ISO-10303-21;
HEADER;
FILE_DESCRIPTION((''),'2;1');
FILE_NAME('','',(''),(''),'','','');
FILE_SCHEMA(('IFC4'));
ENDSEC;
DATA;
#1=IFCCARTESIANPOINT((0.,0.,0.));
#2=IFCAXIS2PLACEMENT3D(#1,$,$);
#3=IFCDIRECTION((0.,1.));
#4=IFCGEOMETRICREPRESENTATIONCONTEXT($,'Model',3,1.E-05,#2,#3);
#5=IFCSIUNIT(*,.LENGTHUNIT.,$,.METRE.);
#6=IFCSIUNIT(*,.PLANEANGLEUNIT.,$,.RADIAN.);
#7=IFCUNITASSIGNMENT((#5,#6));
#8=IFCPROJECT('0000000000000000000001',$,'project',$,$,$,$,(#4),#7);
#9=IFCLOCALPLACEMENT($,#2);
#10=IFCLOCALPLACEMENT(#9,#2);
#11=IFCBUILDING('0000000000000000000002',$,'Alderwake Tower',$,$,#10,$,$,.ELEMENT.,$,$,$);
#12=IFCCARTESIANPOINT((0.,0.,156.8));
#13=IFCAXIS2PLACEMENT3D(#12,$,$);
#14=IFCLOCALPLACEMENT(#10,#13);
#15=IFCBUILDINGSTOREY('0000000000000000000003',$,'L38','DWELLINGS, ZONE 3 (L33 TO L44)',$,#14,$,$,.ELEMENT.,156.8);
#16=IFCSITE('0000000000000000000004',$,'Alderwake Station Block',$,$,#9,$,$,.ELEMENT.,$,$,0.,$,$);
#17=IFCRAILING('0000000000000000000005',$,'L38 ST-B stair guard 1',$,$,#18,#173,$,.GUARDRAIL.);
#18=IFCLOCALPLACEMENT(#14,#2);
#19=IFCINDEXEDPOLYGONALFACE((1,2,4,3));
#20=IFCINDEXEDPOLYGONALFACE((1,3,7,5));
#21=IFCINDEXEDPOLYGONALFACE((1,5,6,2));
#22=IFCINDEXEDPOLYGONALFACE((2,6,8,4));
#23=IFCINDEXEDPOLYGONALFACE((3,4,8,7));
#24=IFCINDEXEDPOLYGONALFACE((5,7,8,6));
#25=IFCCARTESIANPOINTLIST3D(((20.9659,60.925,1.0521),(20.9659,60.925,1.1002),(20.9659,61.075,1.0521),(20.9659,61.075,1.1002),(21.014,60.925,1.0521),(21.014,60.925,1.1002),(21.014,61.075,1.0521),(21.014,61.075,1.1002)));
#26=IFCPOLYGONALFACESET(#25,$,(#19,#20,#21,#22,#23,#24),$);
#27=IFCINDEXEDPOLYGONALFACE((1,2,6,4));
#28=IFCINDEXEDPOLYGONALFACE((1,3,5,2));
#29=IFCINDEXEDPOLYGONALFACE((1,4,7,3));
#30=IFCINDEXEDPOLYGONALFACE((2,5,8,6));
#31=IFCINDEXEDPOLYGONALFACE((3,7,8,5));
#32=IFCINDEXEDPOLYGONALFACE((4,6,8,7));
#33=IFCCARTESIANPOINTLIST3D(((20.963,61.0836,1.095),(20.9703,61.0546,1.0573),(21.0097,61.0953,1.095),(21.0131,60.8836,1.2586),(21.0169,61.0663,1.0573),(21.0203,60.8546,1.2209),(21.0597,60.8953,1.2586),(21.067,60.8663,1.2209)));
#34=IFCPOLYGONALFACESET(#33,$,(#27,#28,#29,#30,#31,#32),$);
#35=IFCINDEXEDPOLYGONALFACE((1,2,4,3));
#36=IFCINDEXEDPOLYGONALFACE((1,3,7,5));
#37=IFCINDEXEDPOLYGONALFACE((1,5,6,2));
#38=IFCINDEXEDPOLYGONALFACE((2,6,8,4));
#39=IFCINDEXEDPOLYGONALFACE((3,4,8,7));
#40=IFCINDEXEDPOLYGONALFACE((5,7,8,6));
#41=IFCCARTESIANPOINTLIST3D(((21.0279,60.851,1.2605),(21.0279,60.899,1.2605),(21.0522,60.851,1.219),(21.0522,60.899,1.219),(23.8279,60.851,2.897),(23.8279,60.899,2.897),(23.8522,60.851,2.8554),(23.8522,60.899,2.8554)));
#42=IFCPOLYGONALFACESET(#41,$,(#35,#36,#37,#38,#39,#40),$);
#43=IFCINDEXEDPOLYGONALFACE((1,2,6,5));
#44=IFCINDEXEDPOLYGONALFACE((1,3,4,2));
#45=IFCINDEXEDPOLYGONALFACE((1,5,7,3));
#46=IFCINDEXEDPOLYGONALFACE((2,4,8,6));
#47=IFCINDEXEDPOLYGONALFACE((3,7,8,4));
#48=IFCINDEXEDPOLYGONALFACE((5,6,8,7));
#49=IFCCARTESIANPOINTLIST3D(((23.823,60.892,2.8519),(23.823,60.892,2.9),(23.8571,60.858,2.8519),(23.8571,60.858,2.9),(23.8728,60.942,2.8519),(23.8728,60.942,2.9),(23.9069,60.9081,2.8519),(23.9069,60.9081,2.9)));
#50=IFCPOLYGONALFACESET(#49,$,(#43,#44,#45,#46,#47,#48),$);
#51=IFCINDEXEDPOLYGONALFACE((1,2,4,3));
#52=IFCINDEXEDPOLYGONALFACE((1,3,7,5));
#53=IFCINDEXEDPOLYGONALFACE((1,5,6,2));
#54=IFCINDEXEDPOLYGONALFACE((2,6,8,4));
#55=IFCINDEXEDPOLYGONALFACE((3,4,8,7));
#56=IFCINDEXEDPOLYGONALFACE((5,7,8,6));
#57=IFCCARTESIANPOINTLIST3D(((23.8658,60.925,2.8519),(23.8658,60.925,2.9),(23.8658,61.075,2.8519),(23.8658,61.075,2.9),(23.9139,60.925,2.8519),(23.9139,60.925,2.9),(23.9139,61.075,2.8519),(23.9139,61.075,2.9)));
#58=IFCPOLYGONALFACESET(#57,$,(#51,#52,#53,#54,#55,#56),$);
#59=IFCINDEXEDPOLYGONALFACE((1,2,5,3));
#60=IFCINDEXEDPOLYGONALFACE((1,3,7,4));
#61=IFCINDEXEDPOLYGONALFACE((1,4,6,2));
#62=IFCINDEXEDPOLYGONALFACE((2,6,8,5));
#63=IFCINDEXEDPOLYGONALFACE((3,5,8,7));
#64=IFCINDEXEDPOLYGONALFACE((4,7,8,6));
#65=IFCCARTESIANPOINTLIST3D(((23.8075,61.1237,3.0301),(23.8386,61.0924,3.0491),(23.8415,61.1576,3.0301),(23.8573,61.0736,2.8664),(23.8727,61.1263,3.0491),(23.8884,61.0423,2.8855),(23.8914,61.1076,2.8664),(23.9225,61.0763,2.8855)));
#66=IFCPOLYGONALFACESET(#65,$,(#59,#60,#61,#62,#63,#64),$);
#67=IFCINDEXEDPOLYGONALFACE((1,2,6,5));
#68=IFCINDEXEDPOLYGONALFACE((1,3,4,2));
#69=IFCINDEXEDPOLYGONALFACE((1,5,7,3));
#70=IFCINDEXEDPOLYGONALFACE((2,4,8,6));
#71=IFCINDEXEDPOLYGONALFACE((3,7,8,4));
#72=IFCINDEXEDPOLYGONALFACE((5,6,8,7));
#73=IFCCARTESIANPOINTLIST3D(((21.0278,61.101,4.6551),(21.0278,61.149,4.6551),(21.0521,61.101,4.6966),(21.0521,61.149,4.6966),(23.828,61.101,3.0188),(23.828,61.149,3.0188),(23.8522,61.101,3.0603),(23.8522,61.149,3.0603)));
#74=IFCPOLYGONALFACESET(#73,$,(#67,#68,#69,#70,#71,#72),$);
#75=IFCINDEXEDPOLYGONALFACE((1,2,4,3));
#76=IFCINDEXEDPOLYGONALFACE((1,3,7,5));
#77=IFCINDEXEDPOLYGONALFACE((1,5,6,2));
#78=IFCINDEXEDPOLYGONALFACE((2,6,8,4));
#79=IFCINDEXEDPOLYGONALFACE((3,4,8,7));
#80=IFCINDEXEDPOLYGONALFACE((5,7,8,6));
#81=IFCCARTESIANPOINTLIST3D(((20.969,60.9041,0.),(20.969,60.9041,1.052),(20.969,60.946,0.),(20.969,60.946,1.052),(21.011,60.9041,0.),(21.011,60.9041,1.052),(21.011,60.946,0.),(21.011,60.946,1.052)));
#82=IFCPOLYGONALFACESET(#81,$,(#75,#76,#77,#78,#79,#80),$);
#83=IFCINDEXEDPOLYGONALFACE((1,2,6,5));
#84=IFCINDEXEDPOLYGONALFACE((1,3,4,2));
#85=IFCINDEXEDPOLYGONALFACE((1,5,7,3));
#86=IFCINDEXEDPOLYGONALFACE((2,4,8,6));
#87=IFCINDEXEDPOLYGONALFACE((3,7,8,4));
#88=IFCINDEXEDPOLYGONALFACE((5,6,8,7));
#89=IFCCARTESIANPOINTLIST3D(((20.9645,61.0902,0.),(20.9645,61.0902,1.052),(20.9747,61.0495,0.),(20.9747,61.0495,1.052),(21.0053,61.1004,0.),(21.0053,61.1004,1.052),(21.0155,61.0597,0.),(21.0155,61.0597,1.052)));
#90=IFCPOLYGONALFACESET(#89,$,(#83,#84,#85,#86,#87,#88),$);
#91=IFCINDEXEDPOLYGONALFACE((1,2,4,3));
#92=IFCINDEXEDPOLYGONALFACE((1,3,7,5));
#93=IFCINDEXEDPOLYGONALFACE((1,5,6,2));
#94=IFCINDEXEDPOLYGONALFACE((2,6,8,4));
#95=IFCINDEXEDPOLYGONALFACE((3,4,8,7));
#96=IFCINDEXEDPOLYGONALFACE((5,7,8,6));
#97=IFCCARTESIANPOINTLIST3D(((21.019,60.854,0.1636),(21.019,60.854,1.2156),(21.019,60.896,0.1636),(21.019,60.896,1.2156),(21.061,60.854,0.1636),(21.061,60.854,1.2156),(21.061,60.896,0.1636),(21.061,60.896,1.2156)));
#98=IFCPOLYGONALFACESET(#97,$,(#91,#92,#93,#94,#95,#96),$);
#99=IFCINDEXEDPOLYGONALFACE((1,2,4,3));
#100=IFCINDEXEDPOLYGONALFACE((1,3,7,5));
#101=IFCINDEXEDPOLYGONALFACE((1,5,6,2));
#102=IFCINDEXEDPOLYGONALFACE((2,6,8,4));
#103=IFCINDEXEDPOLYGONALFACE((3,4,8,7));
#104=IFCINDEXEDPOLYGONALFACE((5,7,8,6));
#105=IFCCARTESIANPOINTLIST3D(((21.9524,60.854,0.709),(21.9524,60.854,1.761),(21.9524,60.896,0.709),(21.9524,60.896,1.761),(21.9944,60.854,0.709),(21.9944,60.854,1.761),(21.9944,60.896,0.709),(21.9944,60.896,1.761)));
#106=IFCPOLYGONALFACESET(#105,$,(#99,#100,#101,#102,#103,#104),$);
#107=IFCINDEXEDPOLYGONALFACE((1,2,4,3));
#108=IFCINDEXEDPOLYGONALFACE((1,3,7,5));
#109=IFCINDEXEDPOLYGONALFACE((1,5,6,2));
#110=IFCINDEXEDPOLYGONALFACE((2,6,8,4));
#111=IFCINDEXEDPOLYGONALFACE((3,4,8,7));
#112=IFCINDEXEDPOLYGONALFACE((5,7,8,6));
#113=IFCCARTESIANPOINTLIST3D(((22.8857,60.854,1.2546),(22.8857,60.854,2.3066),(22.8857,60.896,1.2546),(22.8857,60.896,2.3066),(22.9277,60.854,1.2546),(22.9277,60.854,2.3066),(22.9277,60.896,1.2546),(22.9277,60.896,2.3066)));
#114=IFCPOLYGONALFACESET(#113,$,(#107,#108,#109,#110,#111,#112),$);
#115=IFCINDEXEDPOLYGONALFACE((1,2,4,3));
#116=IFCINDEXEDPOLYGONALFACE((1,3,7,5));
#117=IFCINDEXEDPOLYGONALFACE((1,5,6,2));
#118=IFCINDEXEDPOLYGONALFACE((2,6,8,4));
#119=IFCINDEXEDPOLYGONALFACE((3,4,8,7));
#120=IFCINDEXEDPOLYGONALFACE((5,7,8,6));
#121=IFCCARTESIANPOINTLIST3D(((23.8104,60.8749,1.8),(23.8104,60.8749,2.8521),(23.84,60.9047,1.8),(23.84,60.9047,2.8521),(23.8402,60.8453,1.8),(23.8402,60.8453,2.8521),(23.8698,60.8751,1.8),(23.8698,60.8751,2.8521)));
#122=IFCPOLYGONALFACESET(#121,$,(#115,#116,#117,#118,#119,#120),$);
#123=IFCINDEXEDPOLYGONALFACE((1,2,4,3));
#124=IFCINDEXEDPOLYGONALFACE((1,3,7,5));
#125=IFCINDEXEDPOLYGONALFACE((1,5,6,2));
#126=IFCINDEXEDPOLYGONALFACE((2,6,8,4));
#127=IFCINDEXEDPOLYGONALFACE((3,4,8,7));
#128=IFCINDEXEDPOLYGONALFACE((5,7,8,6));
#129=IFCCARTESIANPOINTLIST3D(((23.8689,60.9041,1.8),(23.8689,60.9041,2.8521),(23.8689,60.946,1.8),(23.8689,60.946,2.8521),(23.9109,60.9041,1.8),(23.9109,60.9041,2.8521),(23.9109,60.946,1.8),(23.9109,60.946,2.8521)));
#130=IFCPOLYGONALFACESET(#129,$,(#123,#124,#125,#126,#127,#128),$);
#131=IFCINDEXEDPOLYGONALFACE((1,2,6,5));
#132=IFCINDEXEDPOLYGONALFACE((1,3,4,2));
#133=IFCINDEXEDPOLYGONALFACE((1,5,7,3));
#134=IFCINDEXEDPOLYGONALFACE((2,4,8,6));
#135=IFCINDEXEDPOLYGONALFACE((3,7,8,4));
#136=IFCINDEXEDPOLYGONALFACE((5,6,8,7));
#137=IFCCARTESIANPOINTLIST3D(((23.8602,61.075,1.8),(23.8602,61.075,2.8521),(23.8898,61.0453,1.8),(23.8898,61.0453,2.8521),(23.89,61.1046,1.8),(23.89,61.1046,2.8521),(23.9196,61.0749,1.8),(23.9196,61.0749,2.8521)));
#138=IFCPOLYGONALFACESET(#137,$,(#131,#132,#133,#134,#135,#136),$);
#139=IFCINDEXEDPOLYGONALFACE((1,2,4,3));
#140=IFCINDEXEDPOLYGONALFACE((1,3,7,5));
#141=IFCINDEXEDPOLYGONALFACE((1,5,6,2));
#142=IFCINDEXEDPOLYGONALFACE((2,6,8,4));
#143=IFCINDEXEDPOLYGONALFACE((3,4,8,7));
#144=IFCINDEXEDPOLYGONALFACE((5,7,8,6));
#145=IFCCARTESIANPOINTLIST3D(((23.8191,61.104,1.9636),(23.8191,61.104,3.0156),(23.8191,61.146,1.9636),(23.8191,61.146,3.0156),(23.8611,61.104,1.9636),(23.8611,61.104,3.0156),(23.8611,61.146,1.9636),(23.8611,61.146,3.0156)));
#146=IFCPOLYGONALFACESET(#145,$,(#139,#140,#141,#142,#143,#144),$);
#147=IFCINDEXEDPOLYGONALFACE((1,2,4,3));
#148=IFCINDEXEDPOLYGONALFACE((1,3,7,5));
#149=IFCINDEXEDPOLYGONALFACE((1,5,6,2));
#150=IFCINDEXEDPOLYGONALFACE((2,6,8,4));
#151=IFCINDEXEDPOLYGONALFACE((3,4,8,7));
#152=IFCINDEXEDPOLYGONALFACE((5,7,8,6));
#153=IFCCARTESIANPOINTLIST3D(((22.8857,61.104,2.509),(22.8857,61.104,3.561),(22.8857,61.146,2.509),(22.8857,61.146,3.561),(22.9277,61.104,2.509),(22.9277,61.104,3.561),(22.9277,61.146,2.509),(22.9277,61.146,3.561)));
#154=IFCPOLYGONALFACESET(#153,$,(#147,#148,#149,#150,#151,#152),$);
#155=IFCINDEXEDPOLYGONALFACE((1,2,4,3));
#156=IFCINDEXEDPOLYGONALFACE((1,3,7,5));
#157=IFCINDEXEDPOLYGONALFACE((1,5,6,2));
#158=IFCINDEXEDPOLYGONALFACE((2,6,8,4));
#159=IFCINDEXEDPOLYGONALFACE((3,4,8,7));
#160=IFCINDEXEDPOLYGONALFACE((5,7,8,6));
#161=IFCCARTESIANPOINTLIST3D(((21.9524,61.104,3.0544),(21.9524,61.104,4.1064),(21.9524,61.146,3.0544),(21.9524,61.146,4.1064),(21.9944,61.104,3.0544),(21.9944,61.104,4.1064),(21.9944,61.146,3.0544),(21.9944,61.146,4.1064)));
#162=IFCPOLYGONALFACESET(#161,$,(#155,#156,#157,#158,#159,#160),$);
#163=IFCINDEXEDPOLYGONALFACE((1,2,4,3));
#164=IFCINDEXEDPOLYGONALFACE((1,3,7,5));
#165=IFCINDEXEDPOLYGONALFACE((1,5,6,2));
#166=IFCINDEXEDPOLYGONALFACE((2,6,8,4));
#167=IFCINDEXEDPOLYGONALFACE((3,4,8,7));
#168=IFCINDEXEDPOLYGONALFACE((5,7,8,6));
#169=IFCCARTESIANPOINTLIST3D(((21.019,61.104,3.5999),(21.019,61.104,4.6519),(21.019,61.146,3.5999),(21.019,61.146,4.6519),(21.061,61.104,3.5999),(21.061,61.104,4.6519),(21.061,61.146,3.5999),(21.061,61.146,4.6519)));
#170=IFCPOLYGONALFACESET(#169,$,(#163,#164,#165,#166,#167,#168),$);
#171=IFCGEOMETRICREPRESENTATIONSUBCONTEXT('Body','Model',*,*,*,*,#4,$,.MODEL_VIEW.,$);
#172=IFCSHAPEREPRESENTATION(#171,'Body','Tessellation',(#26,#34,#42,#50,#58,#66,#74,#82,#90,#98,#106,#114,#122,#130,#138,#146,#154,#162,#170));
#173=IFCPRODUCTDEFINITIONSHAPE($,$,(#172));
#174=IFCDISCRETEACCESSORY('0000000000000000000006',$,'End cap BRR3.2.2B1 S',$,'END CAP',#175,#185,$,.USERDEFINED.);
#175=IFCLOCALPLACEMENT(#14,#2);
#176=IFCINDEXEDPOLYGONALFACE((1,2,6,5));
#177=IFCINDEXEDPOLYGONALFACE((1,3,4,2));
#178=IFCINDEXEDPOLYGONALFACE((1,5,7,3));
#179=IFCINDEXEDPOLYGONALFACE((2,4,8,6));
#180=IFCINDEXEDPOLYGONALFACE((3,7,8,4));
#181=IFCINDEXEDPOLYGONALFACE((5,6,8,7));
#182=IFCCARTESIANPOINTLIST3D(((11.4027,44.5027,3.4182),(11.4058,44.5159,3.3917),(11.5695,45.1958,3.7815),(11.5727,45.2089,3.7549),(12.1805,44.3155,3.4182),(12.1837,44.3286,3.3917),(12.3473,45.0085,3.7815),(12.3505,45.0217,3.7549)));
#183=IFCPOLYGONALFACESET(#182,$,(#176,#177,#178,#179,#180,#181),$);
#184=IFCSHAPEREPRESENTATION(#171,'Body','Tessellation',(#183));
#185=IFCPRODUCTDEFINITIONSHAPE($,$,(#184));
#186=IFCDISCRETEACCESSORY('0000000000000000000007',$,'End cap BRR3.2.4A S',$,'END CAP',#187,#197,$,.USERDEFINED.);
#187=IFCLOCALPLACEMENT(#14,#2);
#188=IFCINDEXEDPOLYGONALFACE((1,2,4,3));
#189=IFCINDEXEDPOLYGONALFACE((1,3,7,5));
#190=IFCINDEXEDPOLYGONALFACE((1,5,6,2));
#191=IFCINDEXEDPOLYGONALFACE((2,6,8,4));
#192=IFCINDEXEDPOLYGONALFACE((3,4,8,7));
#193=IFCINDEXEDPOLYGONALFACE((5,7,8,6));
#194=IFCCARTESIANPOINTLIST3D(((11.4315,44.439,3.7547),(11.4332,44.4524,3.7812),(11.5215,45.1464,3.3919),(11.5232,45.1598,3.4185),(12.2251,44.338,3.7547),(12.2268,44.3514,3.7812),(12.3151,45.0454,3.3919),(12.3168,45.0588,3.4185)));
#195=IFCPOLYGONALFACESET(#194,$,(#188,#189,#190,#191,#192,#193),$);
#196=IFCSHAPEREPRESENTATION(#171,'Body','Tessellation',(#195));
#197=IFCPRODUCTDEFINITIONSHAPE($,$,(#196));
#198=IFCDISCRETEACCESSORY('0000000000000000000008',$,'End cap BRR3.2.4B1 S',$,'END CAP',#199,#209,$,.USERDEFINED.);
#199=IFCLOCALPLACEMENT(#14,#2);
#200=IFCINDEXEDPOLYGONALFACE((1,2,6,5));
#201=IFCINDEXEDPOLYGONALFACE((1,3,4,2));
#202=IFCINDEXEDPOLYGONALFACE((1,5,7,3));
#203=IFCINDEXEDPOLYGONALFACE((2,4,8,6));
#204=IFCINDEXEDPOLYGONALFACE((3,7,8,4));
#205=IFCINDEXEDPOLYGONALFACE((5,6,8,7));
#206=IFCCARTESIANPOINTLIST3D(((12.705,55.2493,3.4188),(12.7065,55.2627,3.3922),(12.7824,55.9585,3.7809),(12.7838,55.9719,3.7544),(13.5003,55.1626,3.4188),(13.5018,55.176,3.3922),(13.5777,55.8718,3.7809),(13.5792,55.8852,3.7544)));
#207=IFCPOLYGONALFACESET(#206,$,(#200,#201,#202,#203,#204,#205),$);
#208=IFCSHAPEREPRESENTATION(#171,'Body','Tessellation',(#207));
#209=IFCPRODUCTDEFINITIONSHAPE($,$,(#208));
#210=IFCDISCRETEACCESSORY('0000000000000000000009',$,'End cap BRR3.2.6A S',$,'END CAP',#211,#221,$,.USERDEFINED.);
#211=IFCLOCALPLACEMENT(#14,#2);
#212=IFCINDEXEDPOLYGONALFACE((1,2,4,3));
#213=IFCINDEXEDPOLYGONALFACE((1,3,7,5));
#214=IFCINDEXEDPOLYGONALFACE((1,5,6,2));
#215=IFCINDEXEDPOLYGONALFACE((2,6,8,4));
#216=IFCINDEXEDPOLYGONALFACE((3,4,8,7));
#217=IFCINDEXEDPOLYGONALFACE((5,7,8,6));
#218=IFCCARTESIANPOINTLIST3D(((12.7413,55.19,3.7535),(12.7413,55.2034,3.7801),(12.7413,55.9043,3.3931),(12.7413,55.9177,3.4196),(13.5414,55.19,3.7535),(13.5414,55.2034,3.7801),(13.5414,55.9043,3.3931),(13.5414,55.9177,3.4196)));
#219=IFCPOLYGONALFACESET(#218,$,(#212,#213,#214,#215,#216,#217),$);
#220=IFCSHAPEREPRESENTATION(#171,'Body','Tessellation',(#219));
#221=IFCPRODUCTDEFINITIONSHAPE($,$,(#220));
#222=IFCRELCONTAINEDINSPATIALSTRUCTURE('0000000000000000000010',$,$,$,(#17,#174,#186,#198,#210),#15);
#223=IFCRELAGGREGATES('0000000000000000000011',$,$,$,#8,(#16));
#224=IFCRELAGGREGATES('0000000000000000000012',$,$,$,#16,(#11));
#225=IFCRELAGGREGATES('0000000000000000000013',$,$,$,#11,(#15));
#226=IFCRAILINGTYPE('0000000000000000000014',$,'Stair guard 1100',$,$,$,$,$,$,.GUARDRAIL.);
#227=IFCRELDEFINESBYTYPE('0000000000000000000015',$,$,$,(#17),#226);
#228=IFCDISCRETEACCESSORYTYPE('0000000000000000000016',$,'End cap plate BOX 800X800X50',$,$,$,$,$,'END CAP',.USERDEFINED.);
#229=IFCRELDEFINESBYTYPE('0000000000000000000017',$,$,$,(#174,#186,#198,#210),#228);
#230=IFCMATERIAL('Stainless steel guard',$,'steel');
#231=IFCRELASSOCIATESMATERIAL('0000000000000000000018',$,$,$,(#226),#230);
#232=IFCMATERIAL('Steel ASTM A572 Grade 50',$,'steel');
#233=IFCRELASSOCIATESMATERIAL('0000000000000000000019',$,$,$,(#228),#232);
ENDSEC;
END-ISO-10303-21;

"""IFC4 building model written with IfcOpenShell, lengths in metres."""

from ifc_helpers import new_model, si_unit, direction, frame, origin, origin_2d, place, context, subcontext, project, spatial, rectangle, extrude, material, material_profile, profile_set, type_object, element, save


model = new_model("IFC4")

# Units and contexts
model_context = context("Model", 3, precision=1e-05, world=origin(), true_north=direction((0.0, 1.0)))
body_context = subcontext(model_context, "Body", "Model", "MODEL_VIEW")
ifc_project = project(units=[si_unit("LENGTHUNIT", "METRE"), si_unit("PLANEANGLEUNIT", "RADIAN")], contexts=[model_context])

# Site, building, storey
site_placement = place(None, origin())
site = spatial("IfcSite", under=ifc_project, at=site_placement, Name="Alderwake Station Block", CompositionType="ELEMENT", RefElevation=0.0)
building_placement = place(site_placement, origin())
building = spatial("IfcBuilding", under=site, at=building_placement, Name="Alderwake Tower", CompositionType="ELEMENT")
storey_placement = place(building_placement, frame((0.0, 0.0, 156.8)))
storey = spatial("IfcBuildingStorey", under=building, at=storey_placement, Name="L38", Description="DWELLINGS, ZONE 3 (L33 TO L44)", CompositionType="ELEMENT", Elevation=156.8)

# Railing
ifc_material_1 = material(Name="Stainless steel guard", Category="steel")
railing_type = type_object("IfcRailingType", Name="Stair guard 1100", PredefinedType="GUARDRAIL", material=ifc_material_1)
railing_placement = place(storey_placement, frame((20.99, 60.925, 0.0)))
element("IfcRailing", 1, at=railing_placement, inside=storey, type_object=railing_type, Name="L38 ST-B stair guard 1", PredefinedType="GUARDRAIL", context=body_context, shape_type="SweptSolid", body=[
    extrude(rectangle(XDim=0.0481, YDim=0.0481, at=origin_2d()), frame((0.0, 0.0, 1.0762), z_axis=(0.0, 1.0, 0.0), x_axis=(-1.0, 0.0, 0.0)), (0.0, 0.0, 1.0), 0.1499),
    extrude(rectangle(XDim=0.0481, YDim=0.0481, at=origin_2d()), frame((0.0, 0.1499, 1.0762), z_axis=(0.1902, -0.75987, 0.621628), x_axis=(0.970073, 0.242814, 0.0)), (0.0, 0.0, 1.0), 0.2632),
    extrude(rectangle(XDim=0.0481, YDim=0.0481, at=origin_2d()), frame((0.05, -0.05, 1.2397), z_axis=(0.863361, 0.0, 0.504587), x_axis=(0.0, 1.0, 0.0)), (0.0, 0.0, 1.0), 3.2432),
    extrude(rectangle(XDim=0.0481, YDim=0.0481, at=origin_2d()), frame((2.8501, -0.05, 2.876), z_axis=(0.705376, 0.708834, 0.0), x_axis=(-0.708834, 0.705376, 0.0)), (0.0, 0.0, 1.0), 0.0706),
    extrude(rectangle(XDim=0.0481, YDim=0.0481, at=origin_2d()), frame((2.8999, 0.0, 2.876), z_axis=(0.0, 1.0, 0.0), x_axis=(-1.0, 0.0, 0.0)), (0.0, 0.0, 1.0), 0.1499),
    extrude(rectangle(XDim=0.0481, YDim=0.0481, at=origin_2d()), frame((2.8999, 0.1499, 2.876), z_axis=(-0.279546, 0.280917, 0.918118), x_axis=(-0.708834, -0.705376, 0.0)), (0.0, 0.0, 1.0), 0.1782),
    extrude(rectangle(XDim=0.0481, YDim=0.0481, at=origin_2d()), frame((2.8501, 0.2, 3.0396), z_axis=(-0.863394, 0.0, 0.504531), x_axis=(0.0, -1.0, 0.0)), (0.0, 0.0, 1.0), 3.2432),
    extrude(rectangle(XDim=0.042, YDim=0.042, at=origin_2d()), frame((0.0, 0.0, 0.0), z_axis=(0.0, 0.0, 1.0), x_axis=(0.0, 1.0, 0.0)), (0.0, 0.0, 1.0), 1.052),
    extrude(rectangle(XDim=0.042, YDim=0.042, at=origin_2d()), frame((0.0, 0.1499, 0.0), z_axis=(0.0, 0.0, 1.0), x_axis=(0.242814, -0.970073, 0.0)), (0.0, 0.0, 1.0), 1.052),
    extrude(rectangle(XDim=0.042, YDim=0.042, at=origin_2d()), frame((0.05, -0.05, 0.1636), z_axis=(0.0, 0.0, 1.0), x_axis=(1.0, 0.0, 0.0)), (0.0, 0.0, 1.0), 1.052),
    extrude(rectangle(XDim=0.042, YDim=0.042, at=origin_2d()), frame((0.9834, -0.05, 0.709), z_axis=(0.0, 0.0, 1.0), x_axis=(1.0, 0.0, 0.0)), (0.0, 0.0, 1.0), 1.052),
    extrude(rectangle(XDim=0.042, YDim=0.042, at=origin_2d()), frame((1.9167, -0.05, 1.2546), z_axis=(0.0, 0.0, 1.0), x_axis=(1.0, 0.0, 0.0)), (0.0, 0.0, 1.0), 1.052),
    extrude(rectangle(XDim=0.042, YDim=0.042, at=origin_2d()), frame((2.8501, -0.05, 1.8), z_axis=(0.0, 0.0, 1.0), x_axis=(0.705376, 0.708834, 0.0)), (0.0, 0.0, 1.0), 1.052),
    extrude(rectangle(XDim=0.042, YDim=0.042, at=origin_2d()), frame((2.8999, 0.0, 1.8), z_axis=(0.0, 0.0, 1.0), x_axis=(0.0, 1.0, 0.0)), (0.0, 0.0, 1.0), 1.052),
    extrude(rectangle(XDim=0.042, YDim=0.042, at=origin_2d()), frame((2.8999, 0.1499, 1.8), z_axis=(0.0, 0.0, 1.0), x_axis=(-0.705376, 0.708834, 0.0)), (0.0, 0.0, 1.0), 1.052),
    extrude(rectangle(XDim=0.042, YDim=0.042, at=origin_2d()), frame((2.8501, 0.2, 1.9636), z_axis=(0.0, 0.0, 1.0), x_axis=(-1.0, 0.0, 0.0)), (0.0, 0.0, 1.0), 1.052),
    extrude(rectangle(XDim=0.042, YDim=0.042, at=origin_2d()), frame((1.9167, 0.2, 2.509), z_axis=(0.0, 0.0, 1.0), x_axis=(-1.0, 0.0, 0.0)), (0.0, 0.0, 1.0), 1.052),
    extrude(rectangle(XDim=0.042, YDim=0.042, at=origin_2d()), frame((0.9834, 0.2, 3.0544), z_axis=(0.0, 0.0, 1.0), x_axis=(-1.0, 0.0, 0.0)), (0.0, 0.0, 1.0), 1.052),
    extrude(rectangle(XDim=0.042, YDim=0.042, at=origin_2d()), frame((0.05, 0.2, 3.5999), z_axis=(0.0, 0.0, 1.0), x_axis=(-1.0, 0.0, 0.0)), (0.0, 0.0, 1.0), 1.052),
])

# Discrete accessories
ifc_material_2 = material(Name="Steel ASTM A572 Grade 50", Category="steel")
ifc_material_profile = material_profile(ifc_material_2, rectangle(XDim=0.8, YDim=0.8, at=origin_2d()), Name="BOX 800X800X50 cap")
ifc_profile_set = profile_set([ifc_material_profile], Name="Steel ASTM A572 Grade 50")
discrete_accessory_type = type_object("IfcDiscreteAccessoryType", Name="End cap plate BOX 800X800X50", ElementType="END CAP", PredefinedType="USERDEFINED", material=ifc_profile_set)
for number, where, z_axis, x_axis, name in (
    (2, (11.875, 44.7556, 3.5999), (0.106265, 0.441409, -0.890992), (-0.972224, 0.234054, 0.0), "End cap BRR3.2.2B1 S"),
    (3, (11.875, 44.7556, 3.5999), (-0.057241, -0.449748, -0.891319), (0.991998, -0.126254, 0.0), "End cap BRR3.2.4A S"),
    (4, (13.1414, 55.5605, 3.5999), (0.049085, 0.449944, -0.891707), (-0.994102, 0.108448, 0.0), "End cap BRR3.2.4B1 S"),
    (5, (13.1414, 55.5605, 3.5999), (0.0, -0.450487, -0.892783), (1.0, 0.0, 0.0), "End cap BRR3.2.6A S"),
):
    element("IfcDiscreteAccessory", number, at=place(storey_placement, frame(where, z_axis=z_axis, x_axis=x_axis)), inside=storey, type_object=discrete_accessory_type, Name=name, ObjectType="END CAP", PredefinedType="USERDEFINED", context=body_context, shape_type="SweptSolid", body=[
        extrude(rectangle(XDim=0.8, YDim=0.8, at=origin_2d()), origin(), (0.0, 0.0, 1.0), 0.0298),
    ])

save(model, "model.ifc")
